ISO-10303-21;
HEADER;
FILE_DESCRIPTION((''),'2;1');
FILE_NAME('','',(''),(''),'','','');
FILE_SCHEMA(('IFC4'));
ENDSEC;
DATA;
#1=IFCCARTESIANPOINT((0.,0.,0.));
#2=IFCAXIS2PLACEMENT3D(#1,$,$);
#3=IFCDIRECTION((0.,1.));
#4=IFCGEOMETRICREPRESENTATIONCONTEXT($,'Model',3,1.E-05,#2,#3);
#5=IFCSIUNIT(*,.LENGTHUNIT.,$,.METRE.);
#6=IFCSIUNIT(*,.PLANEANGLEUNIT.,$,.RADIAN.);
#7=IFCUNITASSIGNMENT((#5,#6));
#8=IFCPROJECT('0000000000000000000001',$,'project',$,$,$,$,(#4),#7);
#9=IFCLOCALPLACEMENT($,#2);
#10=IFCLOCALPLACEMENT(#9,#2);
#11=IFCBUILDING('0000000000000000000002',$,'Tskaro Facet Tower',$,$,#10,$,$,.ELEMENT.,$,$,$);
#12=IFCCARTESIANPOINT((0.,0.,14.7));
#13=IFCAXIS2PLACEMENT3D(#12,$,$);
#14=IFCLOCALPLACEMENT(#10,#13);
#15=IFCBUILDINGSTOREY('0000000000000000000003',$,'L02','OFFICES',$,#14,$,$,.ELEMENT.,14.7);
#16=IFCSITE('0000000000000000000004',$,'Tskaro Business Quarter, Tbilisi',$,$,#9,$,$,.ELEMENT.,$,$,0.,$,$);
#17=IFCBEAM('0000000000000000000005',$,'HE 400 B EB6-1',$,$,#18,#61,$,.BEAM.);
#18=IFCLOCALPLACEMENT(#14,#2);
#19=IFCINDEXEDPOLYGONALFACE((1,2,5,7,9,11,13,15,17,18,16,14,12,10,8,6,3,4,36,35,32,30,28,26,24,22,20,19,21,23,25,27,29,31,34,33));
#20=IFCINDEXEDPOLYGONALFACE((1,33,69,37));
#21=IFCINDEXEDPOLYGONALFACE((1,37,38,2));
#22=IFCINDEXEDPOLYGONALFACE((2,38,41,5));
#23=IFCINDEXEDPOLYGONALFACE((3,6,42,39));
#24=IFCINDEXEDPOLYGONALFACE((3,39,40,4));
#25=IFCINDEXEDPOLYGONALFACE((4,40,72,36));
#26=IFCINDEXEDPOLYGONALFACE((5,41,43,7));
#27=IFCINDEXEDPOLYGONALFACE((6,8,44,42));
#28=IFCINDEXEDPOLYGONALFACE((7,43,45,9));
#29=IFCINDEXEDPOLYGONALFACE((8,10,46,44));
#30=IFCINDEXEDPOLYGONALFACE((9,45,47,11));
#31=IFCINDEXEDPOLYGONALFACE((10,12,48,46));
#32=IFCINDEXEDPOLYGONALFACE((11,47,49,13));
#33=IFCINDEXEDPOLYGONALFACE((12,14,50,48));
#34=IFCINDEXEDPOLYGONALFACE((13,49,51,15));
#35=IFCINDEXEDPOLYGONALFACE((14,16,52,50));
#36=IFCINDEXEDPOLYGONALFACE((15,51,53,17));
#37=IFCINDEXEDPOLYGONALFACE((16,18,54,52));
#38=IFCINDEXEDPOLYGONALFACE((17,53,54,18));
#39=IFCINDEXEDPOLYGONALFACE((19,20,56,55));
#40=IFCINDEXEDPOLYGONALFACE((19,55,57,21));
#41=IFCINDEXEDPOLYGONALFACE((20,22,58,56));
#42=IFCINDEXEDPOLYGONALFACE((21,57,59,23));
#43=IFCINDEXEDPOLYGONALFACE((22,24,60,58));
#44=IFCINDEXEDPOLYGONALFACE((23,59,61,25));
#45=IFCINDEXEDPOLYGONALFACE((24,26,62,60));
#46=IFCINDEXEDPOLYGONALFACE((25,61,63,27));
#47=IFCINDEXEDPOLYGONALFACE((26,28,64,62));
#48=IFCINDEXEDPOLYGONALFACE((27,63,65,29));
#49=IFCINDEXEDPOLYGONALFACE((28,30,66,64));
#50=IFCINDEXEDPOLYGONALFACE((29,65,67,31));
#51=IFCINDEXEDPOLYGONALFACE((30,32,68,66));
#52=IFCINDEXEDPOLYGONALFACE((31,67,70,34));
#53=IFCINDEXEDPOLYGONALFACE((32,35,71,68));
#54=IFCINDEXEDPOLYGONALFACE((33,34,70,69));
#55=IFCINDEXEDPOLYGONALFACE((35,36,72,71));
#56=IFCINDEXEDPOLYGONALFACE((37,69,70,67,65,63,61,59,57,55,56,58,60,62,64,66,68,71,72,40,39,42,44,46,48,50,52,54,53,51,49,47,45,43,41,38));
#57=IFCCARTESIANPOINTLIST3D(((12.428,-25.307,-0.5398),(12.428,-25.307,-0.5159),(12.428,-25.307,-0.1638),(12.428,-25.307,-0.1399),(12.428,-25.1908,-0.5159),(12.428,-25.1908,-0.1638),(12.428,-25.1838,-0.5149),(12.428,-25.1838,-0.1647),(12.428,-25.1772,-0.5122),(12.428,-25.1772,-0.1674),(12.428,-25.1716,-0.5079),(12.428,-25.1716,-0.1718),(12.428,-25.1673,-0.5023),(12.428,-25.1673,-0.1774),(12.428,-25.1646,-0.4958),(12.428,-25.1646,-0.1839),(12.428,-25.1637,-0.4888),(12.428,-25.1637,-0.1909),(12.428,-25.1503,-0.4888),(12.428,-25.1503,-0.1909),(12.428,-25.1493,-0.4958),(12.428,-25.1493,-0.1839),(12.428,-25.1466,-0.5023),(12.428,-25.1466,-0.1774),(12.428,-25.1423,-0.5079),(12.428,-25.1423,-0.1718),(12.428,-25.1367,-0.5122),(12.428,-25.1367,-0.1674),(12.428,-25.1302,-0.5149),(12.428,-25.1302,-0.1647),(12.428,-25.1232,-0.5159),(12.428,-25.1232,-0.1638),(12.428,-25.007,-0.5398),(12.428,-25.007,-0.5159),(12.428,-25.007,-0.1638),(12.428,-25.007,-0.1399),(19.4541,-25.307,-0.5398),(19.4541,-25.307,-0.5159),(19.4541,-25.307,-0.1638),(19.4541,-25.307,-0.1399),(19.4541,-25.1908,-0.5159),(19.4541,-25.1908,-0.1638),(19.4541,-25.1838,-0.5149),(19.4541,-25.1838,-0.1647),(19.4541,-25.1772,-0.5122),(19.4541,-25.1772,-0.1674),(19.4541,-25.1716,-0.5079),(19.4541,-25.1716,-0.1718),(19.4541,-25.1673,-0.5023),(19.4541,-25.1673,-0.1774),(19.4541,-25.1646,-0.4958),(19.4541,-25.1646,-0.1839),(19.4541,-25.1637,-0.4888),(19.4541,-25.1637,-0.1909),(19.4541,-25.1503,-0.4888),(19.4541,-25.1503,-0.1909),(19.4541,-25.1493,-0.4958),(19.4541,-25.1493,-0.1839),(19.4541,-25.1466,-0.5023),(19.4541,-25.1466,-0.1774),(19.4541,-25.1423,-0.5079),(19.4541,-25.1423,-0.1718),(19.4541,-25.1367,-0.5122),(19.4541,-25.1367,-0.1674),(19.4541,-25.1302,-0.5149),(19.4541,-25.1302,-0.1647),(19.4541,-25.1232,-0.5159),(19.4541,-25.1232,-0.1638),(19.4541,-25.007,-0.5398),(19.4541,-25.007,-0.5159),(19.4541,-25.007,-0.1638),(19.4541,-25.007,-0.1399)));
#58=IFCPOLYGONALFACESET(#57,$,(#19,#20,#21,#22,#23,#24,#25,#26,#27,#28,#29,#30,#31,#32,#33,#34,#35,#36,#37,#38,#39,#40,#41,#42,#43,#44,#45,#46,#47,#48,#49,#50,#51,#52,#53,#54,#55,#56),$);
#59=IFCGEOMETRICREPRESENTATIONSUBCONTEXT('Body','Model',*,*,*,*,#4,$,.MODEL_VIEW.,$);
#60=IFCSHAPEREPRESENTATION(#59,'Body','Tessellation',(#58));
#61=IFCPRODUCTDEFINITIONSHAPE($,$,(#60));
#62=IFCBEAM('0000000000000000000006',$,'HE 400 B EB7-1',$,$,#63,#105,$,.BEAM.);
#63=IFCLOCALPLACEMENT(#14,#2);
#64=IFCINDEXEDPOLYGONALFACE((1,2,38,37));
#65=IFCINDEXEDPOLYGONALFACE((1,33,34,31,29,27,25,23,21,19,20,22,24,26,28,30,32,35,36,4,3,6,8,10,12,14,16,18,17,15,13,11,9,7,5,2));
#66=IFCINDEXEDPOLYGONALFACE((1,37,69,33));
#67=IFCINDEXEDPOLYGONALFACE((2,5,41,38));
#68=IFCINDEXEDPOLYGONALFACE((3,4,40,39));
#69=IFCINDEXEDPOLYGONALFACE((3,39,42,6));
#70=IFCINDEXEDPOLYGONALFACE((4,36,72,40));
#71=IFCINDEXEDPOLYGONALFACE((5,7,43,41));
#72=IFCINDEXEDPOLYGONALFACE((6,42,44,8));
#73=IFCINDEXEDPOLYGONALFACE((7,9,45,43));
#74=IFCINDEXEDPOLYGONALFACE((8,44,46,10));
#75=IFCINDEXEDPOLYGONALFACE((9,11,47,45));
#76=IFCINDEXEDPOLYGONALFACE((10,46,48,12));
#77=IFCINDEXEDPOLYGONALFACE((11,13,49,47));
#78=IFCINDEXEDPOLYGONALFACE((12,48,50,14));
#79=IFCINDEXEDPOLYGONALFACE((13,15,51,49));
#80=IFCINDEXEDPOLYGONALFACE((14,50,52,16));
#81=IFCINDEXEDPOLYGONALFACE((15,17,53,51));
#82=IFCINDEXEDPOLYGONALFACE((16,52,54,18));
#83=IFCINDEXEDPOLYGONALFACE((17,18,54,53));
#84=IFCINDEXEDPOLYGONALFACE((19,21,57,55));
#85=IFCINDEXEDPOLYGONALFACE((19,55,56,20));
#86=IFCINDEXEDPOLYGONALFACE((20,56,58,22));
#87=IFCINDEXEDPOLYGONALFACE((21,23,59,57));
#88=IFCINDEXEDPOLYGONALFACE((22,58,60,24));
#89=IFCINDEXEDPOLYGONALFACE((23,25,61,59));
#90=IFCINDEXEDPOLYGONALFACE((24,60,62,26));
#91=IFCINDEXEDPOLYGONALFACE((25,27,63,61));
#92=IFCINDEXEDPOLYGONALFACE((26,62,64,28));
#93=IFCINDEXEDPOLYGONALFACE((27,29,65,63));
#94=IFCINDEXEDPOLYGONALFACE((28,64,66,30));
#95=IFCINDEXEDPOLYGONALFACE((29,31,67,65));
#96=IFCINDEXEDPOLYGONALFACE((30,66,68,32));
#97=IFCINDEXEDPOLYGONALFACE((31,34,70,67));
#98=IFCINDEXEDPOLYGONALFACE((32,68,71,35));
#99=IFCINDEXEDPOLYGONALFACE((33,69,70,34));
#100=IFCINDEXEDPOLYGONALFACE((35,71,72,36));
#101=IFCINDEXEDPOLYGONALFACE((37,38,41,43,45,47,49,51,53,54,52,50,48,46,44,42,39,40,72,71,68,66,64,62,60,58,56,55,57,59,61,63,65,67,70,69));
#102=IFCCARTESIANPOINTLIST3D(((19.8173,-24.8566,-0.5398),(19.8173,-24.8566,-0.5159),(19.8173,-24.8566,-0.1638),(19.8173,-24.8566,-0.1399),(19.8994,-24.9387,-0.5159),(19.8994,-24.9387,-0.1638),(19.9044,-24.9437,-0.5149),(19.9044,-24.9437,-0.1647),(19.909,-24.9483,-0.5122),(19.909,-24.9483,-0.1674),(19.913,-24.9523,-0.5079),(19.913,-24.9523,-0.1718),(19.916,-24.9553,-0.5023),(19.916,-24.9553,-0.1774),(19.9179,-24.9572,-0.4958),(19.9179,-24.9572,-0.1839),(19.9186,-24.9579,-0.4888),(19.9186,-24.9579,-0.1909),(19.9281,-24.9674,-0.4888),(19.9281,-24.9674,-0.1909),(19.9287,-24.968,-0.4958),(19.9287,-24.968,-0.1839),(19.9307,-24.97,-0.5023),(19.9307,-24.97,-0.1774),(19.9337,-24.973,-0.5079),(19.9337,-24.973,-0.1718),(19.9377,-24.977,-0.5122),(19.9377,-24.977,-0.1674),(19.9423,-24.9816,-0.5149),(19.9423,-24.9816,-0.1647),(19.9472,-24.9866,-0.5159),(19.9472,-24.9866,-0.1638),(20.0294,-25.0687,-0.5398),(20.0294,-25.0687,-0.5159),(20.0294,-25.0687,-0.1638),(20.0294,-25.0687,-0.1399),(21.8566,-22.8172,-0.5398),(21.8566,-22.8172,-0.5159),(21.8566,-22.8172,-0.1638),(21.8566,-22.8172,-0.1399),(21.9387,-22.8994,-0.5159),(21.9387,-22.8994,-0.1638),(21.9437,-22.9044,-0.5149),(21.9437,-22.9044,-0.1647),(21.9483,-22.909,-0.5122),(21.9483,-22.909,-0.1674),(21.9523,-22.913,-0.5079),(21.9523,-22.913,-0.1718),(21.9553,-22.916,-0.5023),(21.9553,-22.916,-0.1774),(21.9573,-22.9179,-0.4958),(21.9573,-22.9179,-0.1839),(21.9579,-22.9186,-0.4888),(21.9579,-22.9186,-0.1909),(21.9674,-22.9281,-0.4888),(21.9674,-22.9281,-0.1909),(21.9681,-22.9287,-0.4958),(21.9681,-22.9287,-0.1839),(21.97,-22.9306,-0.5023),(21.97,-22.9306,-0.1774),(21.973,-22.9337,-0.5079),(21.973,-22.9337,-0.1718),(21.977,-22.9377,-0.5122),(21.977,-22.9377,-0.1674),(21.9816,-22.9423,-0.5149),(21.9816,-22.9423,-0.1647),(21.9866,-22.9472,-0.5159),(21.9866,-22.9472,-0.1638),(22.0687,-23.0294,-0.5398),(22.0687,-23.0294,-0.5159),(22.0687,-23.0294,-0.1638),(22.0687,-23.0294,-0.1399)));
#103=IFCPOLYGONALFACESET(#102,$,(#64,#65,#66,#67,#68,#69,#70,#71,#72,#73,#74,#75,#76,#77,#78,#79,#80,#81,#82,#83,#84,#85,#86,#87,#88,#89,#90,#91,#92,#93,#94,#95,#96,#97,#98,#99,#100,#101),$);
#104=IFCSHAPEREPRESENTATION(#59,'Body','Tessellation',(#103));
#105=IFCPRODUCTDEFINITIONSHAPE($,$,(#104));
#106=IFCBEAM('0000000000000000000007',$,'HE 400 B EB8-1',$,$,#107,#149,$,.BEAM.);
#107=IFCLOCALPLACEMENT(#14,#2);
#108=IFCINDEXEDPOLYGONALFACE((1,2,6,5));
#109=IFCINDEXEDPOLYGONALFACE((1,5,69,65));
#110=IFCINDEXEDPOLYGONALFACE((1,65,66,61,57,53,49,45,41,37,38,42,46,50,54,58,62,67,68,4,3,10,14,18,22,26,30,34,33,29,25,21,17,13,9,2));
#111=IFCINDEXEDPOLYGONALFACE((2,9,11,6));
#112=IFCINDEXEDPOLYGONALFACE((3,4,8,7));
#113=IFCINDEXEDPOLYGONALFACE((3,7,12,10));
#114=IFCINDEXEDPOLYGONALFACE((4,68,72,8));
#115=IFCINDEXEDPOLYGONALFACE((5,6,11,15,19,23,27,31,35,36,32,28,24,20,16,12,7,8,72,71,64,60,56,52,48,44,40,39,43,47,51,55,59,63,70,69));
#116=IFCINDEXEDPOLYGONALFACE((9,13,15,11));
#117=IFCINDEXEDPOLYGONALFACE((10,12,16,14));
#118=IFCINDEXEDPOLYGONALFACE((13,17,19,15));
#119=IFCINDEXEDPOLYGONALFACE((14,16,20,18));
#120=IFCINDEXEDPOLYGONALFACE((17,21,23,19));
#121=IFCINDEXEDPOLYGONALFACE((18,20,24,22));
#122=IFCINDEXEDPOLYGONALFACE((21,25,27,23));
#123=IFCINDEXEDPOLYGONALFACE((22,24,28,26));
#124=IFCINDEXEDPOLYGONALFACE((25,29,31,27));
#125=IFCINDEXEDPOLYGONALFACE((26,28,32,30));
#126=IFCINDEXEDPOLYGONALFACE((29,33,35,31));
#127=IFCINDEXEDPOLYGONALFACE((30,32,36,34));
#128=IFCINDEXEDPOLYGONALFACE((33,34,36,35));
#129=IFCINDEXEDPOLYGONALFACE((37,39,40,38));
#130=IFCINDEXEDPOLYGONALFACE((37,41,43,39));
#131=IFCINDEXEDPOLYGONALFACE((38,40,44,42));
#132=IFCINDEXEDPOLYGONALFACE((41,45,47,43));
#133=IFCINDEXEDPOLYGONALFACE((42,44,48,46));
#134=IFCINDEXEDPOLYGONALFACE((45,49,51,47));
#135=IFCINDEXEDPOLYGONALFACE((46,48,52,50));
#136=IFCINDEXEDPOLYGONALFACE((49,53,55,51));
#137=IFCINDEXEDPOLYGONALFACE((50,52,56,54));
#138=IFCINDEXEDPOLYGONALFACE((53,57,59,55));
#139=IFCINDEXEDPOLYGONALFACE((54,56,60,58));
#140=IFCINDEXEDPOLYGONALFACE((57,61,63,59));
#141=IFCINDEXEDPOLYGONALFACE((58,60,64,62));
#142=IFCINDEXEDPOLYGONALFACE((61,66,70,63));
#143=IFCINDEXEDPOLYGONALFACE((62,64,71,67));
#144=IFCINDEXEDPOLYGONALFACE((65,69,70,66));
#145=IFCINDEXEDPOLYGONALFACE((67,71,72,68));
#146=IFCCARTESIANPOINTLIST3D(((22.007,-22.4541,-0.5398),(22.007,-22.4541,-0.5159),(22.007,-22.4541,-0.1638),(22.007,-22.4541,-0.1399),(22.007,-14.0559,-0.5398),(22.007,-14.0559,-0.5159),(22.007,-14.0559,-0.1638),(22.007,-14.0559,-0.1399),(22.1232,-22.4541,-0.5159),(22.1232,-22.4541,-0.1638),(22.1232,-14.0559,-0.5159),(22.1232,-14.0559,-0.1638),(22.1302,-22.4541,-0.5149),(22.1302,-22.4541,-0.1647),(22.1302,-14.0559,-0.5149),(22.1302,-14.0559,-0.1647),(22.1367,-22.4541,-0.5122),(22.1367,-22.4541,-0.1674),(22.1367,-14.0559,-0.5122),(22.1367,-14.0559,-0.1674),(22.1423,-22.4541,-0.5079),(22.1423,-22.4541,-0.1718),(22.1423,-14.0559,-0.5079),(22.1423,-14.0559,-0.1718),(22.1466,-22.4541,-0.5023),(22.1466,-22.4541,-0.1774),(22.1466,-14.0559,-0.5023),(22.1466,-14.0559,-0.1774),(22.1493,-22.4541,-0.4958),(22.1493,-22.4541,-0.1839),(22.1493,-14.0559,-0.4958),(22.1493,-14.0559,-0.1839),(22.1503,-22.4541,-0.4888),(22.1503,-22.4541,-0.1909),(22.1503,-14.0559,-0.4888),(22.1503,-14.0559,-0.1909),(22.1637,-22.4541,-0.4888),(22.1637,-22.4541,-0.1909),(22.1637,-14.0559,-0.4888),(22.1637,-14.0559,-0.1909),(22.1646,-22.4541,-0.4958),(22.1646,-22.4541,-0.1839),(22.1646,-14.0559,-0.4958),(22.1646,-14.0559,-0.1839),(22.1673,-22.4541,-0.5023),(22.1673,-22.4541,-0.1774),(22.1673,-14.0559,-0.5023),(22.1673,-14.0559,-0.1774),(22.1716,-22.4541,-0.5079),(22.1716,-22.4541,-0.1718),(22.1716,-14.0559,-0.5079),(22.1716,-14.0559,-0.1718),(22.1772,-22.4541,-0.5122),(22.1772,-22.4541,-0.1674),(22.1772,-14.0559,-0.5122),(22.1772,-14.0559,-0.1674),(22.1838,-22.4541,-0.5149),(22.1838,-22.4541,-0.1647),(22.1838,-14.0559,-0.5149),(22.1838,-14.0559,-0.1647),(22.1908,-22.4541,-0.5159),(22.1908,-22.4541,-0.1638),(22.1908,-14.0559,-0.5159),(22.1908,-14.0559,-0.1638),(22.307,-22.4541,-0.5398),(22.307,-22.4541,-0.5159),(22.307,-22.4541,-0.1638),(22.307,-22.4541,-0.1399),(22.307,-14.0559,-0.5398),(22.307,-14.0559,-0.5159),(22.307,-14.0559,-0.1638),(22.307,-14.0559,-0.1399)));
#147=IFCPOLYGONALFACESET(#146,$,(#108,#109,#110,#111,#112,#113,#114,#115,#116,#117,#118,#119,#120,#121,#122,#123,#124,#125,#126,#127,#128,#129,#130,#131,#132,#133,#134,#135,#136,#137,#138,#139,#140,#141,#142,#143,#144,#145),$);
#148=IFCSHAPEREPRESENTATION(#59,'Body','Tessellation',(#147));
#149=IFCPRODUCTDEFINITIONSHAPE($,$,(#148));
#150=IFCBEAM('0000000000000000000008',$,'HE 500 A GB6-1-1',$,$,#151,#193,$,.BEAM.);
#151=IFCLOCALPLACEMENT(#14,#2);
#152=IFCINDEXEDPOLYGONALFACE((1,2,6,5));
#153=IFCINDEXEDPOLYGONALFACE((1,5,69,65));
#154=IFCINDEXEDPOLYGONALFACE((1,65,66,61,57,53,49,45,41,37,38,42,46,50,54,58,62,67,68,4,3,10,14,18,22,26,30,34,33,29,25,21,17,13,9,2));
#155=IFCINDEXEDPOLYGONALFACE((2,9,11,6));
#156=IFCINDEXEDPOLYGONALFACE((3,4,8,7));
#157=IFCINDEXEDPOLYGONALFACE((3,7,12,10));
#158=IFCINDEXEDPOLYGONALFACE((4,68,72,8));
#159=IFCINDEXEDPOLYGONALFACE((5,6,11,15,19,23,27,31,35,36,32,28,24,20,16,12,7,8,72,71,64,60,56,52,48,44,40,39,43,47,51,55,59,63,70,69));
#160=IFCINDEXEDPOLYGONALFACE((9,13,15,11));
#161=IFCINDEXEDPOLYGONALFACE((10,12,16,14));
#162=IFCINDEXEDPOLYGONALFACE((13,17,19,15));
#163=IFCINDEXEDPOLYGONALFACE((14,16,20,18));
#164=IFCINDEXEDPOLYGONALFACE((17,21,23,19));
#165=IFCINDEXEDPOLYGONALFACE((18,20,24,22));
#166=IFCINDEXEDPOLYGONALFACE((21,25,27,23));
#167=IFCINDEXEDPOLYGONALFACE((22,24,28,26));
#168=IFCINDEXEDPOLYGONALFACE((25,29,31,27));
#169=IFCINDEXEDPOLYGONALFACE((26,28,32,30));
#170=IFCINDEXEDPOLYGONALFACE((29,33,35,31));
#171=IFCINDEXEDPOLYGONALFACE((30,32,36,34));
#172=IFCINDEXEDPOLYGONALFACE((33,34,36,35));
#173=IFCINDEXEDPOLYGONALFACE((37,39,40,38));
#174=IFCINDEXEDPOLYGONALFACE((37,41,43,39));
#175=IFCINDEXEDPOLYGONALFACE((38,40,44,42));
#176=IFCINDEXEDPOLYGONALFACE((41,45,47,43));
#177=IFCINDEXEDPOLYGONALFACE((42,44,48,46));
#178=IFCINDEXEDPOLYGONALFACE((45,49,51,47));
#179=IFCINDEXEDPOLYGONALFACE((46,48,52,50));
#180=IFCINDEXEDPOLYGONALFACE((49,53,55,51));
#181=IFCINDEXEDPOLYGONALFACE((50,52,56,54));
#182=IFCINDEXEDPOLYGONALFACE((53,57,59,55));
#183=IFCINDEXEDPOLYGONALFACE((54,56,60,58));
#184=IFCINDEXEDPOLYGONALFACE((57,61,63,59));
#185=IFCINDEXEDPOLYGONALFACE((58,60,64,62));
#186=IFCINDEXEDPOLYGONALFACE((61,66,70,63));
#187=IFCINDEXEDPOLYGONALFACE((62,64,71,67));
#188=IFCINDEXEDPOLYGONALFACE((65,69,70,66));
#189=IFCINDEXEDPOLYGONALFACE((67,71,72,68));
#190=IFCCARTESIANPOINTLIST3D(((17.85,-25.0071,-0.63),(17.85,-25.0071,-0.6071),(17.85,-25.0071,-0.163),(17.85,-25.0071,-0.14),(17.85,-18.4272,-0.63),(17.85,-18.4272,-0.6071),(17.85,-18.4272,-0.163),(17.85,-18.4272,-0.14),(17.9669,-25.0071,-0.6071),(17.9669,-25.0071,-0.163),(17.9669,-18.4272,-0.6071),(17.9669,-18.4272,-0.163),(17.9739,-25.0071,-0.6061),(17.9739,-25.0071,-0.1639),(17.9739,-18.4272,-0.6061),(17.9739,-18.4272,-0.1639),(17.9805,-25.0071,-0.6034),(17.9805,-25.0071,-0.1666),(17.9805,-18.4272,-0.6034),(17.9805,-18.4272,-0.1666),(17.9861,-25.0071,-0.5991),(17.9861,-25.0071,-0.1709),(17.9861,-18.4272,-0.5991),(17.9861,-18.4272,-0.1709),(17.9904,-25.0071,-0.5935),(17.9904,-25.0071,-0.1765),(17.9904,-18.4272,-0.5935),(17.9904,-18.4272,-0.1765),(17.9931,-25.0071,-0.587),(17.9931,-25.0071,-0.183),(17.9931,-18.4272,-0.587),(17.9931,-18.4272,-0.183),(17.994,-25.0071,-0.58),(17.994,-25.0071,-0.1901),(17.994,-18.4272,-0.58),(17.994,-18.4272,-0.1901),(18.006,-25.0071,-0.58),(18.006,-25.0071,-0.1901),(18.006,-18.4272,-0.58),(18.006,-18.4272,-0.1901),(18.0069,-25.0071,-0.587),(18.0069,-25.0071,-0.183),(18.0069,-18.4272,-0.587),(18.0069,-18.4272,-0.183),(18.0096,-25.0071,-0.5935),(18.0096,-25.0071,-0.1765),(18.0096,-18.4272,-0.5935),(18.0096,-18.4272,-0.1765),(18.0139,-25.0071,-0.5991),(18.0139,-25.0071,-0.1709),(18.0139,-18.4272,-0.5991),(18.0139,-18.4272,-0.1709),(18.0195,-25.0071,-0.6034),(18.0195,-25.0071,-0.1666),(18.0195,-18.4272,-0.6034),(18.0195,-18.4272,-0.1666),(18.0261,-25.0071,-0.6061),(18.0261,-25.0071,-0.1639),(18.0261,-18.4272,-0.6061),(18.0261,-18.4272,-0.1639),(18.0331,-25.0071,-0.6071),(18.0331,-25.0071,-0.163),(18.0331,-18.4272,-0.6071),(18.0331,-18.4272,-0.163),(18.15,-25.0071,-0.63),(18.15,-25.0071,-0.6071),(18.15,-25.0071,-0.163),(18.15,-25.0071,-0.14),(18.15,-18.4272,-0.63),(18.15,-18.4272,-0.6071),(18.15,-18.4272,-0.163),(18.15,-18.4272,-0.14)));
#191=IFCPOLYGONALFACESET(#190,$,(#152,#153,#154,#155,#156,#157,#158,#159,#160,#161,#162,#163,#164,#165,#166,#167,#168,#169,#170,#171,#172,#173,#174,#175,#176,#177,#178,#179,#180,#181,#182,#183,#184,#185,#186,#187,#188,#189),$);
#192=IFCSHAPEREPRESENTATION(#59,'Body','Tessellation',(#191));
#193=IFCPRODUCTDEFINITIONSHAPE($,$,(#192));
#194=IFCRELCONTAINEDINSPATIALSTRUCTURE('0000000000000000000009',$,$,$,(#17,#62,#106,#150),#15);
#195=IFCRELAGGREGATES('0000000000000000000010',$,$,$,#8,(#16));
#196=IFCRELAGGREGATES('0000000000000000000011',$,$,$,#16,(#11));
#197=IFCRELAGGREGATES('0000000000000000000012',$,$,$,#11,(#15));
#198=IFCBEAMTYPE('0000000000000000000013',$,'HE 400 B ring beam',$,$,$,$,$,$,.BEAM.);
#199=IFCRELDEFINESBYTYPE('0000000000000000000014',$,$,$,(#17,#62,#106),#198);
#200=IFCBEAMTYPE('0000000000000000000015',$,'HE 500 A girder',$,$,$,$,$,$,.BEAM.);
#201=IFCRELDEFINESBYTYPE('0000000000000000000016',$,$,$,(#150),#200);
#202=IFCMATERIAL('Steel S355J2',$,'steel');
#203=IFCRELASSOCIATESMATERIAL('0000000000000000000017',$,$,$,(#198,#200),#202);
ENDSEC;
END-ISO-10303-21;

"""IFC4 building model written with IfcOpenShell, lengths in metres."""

from ifc_helpers import new_model, si_unit, direction, frame, origin, origin_2d, place, context, subcontext, project, spatial, i_section, extrude, material, material_profile, profile_set, type_object, element, save


model = new_model("IFC4")

# Units and contexts
model_context = context("Model", 3, precision=1e-05, world=origin(), true_north=direction((0.0, 1.0)))
body_context = subcontext(model_context, "Body", "Model", "MODEL_VIEW")
ifc_project = project(units=[si_unit("LENGTHUNIT", "METRE"), si_unit("PLANEANGLEUNIT", "RADIAN")], contexts=[model_context])

# Site, building, storey
site_placement = place(None, origin())
site = spatial("IfcSite", under=ifc_project, at=site_placement, Name="Tskaro Business Quarter, Tbilisi", CompositionType="ELEMENT", RefElevation=0.0)
building_placement = place(site_placement, origin())
building = spatial("IfcBuilding", under=site, at=building_placement, Name="Tskaro Facet Tower", CompositionType="ELEMENT")
storey_placement = place(building_placement, frame((0.0, 0.0, 14.7)))
storey = spatial("IfcBuildingStorey", under=building, at=storey_placement, Name="L02", Description="OFFICES", CompositionType="ELEMENT", Elevation=14.7)

# Beams
ifc_material_1 = material(Name="Steel S355J2", Category="steel")
ifc_material_profile_1 = material_profile(ifc_material_1, i_section(OverallWidth=0.3, OverallDepth=0.3999, WebThickness=0.0134, FlangeThickness=0.0239, FilletRadius=0.0271, at=origin_2d()), Name="HE 400 B")
ifc_profile_set_1 = profile_set([ifc_material_profile_1], Name="Steel S355J2")
beam_type_1 = type_object("IfcBeamType", Name="HE 400 B ring beam", PredefinedType="BEAM", material=ifc_profile_set_1)
beam_1_placement = place(storey_placement, frame((12.428, -25.157, -0.3398), z_axis=(1.0, 0.0, 0.0), x_axis=(0.0, 1.0, 0.0)))
element("IfcBeam", 1, at=beam_1_placement, inside=storey, type_object=beam_type_1, Name="HE 400 B EB6-1", PredefinedType="BEAM", context=body_context, shape_type="SweptSolid", body=[
    extrude(i_section(OverallWidth=0.3, OverallDepth=0.3999, WebThickness=0.0134, FlangeThickness=0.0239, FilletRadius=0.0271, at=origin_2d()), origin(), (0.0, 0.0, 1.0), 7.0261),
])
beam_2_placement = place(storey_placement, frame((19.9233, -24.9626, -0.3398), z_axis=(0.707107, 0.707107, 0.0), x_axis=(-0.707107, 0.707107, 0.0)))
element("IfcBeam", 2, at=beam_2_placement, inside=storey, type_object=beam_type_1, Name="HE 400 B EB7-1", PredefinedType="BEAM", context=body_context, shape_type="SweptSolid", body=[
    extrude(i_section(OverallWidth=0.3, OverallDepth=0.3999, WebThickness=0.0134, FlangeThickness=0.0239, FilletRadius=0.0271, at=origin_2d()), origin(), (0.0, 0.0, 1.0), 2.884),
])
beam_3_placement = place(storey_placement, frame((22.157, -22.4541, -0.3398), z_axis=(0.0, 1.0, 0.0), x_axis=(-1.0, 0.0, 0.0)))
element("IfcBeam", 3, at=beam_3_placement, inside=storey, type_object=beam_type_1, Name="HE 400 B EB8-1", PredefinedType="BEAM", context=body_context, shape_type="SweptSolid", body=[
    extrude(i_section(OverallWidth=0.3, OverallDepth=0.3999, WebThickness=0.0134, FlangeThickness=0.0239, FilletRadius=0.0271, at=origin_2d()), origin(), (0.0, 0.0, 1.0), 8.3982),
])
ifc_material_profile_2 = material_profile(ifc_material_1, i_section(OverallWidth=0.3, OverallDepth=0.49, WebThickness=0.012, FlangeThickness=0.0229, FilletRadius=0.0271, at=origin_2d()), Name="HE 500 A")
ifc_profile_set_2 = profile_set([ifc_material_profile_2], Name="Steel S355J2")
beam_type_2 = type_object("IfcBeamType", Name="HE 500 A girder", PredefinedType="BEAM", material=ifc_profile_set_2)
beam_4_placement = place(storey_placement, frame((18.0, -25.0071, -0.385), z_axis=(0.0, 1.0, 0.0), x_axis=(-1.0, 0.0, 0.0)))
element("IfcBeam", 4, at=beam_4_placement, inside=storey, type_object=beam_type_2, Name="HE 500 A GB6-1-1", PredefinedType="BEAM", context=body_context, shape_type="SweptSolid", body=[
    extrude(i_section(OverallWidth=0.3, OverallDepth=0.49, WebThickness=0.012, FlangeThickness=0.0229, FilletRadius=0.0271, at=origin_2d()), origin(), (0.0, 0.0, 1.0), 6.5798),
])

save(model, "model.ifc")
